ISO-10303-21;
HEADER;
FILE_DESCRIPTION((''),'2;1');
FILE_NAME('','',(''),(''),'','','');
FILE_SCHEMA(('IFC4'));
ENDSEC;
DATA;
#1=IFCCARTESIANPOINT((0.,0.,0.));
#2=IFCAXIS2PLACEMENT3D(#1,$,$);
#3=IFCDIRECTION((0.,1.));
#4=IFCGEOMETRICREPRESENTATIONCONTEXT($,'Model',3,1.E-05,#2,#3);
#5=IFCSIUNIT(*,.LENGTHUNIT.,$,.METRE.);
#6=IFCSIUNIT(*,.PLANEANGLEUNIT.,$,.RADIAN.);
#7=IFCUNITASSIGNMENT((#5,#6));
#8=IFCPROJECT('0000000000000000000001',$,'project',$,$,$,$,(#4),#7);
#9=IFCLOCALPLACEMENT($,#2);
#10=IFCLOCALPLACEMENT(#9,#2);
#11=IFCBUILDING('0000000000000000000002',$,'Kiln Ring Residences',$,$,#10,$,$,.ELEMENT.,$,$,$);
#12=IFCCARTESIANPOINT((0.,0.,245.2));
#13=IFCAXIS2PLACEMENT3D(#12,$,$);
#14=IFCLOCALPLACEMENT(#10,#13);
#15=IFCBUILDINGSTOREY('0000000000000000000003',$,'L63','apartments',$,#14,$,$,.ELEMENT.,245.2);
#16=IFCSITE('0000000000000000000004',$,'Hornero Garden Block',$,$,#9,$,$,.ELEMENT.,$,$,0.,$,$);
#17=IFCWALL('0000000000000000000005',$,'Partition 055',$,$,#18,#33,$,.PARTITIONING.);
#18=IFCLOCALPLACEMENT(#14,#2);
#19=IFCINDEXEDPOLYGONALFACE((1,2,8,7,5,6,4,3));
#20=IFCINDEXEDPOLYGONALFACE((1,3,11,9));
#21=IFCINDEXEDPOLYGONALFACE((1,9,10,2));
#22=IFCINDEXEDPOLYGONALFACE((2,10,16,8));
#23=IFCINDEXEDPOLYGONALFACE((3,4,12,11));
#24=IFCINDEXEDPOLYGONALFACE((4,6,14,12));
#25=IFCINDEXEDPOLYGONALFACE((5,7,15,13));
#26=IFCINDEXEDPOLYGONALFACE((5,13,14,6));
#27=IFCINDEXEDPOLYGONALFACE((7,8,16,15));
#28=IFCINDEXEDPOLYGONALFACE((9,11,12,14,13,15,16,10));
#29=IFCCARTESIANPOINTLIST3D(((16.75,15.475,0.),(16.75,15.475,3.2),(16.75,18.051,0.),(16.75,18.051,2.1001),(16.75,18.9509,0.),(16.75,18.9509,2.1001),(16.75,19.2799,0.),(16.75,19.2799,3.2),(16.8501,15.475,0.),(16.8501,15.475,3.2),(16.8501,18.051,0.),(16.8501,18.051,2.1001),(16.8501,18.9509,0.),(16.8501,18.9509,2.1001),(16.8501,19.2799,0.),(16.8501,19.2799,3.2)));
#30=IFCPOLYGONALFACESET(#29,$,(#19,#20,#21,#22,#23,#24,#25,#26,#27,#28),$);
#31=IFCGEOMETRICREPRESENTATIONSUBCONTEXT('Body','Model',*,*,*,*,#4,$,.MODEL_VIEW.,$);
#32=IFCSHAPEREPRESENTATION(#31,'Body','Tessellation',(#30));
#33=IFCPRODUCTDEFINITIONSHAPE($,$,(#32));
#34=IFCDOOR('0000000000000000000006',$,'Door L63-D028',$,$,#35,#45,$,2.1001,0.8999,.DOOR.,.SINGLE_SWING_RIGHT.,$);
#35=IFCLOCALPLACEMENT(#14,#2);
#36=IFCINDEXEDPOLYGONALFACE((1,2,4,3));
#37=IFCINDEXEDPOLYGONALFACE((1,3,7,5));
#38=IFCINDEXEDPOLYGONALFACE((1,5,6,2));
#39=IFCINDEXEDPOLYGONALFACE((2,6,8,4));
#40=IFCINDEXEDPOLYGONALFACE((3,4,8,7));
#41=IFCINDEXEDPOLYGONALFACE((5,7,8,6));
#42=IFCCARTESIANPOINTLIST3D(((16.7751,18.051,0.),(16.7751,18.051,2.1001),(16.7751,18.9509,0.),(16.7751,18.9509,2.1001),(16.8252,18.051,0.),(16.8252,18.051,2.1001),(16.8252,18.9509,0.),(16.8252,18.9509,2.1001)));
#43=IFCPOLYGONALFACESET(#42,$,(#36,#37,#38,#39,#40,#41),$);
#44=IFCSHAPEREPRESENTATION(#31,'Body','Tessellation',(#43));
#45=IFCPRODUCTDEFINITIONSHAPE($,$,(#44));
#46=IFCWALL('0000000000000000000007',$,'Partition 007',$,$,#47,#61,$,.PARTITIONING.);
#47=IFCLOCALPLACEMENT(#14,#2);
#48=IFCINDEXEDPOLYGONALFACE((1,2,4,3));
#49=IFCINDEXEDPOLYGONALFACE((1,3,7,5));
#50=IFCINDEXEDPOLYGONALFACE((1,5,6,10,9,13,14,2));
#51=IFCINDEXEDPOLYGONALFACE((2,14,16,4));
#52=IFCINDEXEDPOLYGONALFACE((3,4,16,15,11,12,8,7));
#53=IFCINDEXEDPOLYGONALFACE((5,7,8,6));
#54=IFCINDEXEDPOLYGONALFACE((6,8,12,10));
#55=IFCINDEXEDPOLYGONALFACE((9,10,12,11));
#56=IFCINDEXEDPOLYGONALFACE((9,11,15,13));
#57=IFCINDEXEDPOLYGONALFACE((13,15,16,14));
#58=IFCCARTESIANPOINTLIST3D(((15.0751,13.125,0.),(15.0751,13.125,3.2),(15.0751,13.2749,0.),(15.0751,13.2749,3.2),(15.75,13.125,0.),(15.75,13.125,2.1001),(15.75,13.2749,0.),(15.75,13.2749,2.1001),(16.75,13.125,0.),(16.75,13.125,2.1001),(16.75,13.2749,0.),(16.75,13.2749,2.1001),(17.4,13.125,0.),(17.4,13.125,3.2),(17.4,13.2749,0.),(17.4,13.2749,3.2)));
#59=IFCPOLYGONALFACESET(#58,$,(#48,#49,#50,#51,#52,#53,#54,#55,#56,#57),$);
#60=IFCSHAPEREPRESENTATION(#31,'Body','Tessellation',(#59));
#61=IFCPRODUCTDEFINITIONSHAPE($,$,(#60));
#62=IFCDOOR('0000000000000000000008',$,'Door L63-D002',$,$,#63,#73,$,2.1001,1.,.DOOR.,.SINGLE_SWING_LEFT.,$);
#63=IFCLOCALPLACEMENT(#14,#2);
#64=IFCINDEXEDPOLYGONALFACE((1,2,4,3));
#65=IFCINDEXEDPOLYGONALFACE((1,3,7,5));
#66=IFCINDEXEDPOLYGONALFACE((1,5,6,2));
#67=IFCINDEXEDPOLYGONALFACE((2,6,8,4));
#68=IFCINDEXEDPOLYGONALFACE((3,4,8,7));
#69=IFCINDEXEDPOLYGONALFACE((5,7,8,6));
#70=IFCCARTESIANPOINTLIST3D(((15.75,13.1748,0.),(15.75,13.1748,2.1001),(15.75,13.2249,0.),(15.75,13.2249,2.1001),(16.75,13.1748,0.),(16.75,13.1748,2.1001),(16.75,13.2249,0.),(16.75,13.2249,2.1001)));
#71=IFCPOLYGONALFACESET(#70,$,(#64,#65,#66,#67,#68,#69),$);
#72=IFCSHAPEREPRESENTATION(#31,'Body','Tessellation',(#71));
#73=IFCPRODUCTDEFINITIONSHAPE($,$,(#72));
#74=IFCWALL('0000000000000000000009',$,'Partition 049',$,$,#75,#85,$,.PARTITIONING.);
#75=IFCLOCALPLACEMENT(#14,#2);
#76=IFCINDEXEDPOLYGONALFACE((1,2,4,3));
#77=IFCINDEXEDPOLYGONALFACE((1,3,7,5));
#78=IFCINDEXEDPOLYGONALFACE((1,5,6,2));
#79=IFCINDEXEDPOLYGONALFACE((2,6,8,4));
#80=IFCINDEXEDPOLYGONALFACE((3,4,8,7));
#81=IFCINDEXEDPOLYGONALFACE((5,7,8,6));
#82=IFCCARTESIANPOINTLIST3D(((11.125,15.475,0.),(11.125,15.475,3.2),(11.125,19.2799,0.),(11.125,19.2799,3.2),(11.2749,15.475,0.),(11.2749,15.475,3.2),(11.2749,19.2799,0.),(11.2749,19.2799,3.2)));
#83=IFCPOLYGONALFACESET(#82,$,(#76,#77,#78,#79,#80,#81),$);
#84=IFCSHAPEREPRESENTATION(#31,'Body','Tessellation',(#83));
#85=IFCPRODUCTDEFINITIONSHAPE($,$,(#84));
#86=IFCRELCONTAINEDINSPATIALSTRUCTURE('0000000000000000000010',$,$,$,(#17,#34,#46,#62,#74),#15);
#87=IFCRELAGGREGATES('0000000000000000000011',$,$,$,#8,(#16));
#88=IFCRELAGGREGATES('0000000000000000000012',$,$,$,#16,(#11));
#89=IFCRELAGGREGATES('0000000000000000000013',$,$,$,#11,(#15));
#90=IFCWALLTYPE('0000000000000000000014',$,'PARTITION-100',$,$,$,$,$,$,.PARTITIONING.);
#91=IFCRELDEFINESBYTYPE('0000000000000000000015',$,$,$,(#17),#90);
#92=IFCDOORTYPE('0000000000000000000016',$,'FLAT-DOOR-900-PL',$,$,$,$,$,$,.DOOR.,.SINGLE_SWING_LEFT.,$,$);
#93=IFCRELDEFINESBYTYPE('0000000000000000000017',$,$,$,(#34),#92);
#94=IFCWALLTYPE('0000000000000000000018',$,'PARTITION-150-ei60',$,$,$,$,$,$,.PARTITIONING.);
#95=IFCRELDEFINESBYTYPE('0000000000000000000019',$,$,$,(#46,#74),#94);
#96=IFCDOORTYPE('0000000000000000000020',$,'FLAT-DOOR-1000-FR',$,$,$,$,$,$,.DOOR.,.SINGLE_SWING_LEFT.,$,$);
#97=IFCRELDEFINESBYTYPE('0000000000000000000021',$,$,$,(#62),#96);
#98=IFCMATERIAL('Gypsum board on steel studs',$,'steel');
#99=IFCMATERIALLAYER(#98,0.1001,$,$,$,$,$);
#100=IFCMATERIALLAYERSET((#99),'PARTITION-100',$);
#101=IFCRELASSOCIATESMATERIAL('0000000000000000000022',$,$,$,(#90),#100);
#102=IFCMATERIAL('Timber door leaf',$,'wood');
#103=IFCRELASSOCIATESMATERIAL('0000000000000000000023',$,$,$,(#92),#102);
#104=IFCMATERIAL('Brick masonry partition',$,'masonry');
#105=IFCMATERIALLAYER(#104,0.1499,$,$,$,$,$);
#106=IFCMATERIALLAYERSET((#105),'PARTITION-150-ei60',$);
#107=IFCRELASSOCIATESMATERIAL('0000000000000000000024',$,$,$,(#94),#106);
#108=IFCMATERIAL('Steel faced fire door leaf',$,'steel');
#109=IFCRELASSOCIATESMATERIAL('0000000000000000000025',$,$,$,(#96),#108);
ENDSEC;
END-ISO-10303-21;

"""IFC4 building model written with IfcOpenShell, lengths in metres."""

from ifc_helpers import new_model, si_unit, direction, frame, frame_2d, origin, place, context, subcontext, project, spatial, rectangle, extrude, material, layer, layer_set, type_object, element, fill, save


model = new_model("IFC4")

# Units and contexts
model_context = context("Model", 3, precision=1e-05, world=origin(), true_north=direction((0.0, 1.0)))
body_context = subcontext(model_context, "Body", "Model", "MODEL_VIEW")
ifc_project = project(units=[si_unit("LENGTHUNIT", "METRE"), si_unit("PLANEANGLEUNIT", "RADIAN")], contexts=[model_context])

# Site, building, storey
site_placement = place(None, origin())
site = spatial("IfcSite", under=ifc_project, at=site_placement, Name="Hornero Garden Block", CompositionType="ELEMENT", RefElevation=0.0)
building_placement = place(site_placement, origin())
building = spatial("IfcBuilding", under=site, at=building_placement, Name="Kiln Ring Residences", CompositionType="ELEMENT")
storey_placement = place(building_placement, frame((0.0, 0.0, 245.2)))
storey = spatial("IfcBuildingStorey", under=building, at=storey_placement, Name="L63", Description="apartments", CompositionType="ELEMENT", Elevation=245.2)

# Shared definitions
ifc_material_1 = material(Name="Gypsum board on steel studs", Category="steel")
ifc_layer_1 = layer(ifc_material_1, 0.1001)
ifc_layer_set_1 = layer_set([ifc_layer_1], Name="PARTITION-100")
wall_type_1 = type_object("IfcWallType", Name="PARTITION-100", PredefinedType="PARTITIONING", material=ifc_layer_set_1)

# Walls, openings, doors
wall_1_placement = place(storey_placement, frame((16.8, 15.4751, 0.0), z_axis=(0.0, 0.0, 1.0), x_axis=(0.0, 1.0, 0.0)))
wall_1 = element("IfcWall", 1, at=wall_1_placement, inside=storey, type_object=wall_type_1, Name="Partition 055", PredefinedType="PARTITIONING", context=body_context, shape_type="SweptSolid", body=[
    extrude(rectangle(XDim=3.8049, YDim=0.1001, at=frame_2d((1.9023, 0.0))), origin(), (0.0, 0.0, 1.0), 3.2),
])
opening_1_placement = place(wall_1_placement, frame((2.5759, 0.0, 0.0)))
opening_1 = element("IfcOpeningElement", 2, at=opening_1_placement, cuts=wall_1, PredefinedType="OPENING", context=body_context, shape_type="SweptSolid", body=[
    extrude(rectangle(XDim=0.8999, YDim=2.1001, at=frame_2d((0.45, 1.05))), frame((0.0, 0.0601, 0.0), z_axis=(0.0, -1.0, 0.0), x_axis=(1.0, 0.0, 0.0)), (0.0, 0.0, 1.0), 0.1201),
])
ifc_material_2 = material(Name="Timber door leaf", Category="wood")
door_type_1 = type_object("IfcDoorType", Name="FLAT-DOOR-900-PL", OperationType="SINGLE_SWING_LEFT", PredefinedType="DOOR", material=ifc_material_2)
door_1_placement = place(opening_1_placement, origin())
door_1 = element("IfcDoor", 3, at=door_1_placement, inside=storey, type_object=door_type_1, Name="Door L63-D028", OperationType="SINGLE_SWING_RIGHT", OverallHeight=2.1001, OverallWidth=0.8999, PredefinedType="DOOR", context=body_context, shape_type="SweptSolid", body=[
    extrude(rectangle(XDim=0.8999, YDim=2.1001, at=frame_2d((0.45, 1.05))), frame((0.0, 0.0249, 0.0), z_axis=(0.0, -1.0, 0.0), x_axis=(1.0, 0.0, 0.0)), (0.0, 0.0, 1.0), 0.05),
])
fill(opening_1, door_1)
ifc_material_3 = material(Name="Brick masonry partition", Category="masonry")
ifc_layer_2 = layer(ifc_material_3, 0.1499)
ifc_layer_set_2 = layer_set([ifc_layer_2], Name="PARTITION-150-ei60")
wall_type_2 = type_object("IfcWallType", Name="PARTITION-150-ei60", PredefinedType="PARTITIONING", material=ifc_layer_set_2)
wall_2_placement = place(storey_placement, frame((15.075, 13.2, 0.0), z_axis=(0.0, 0.0, 1.0), x_axis=(1.0, 0.0, 0.0)))
wall_2 = element("IfcWall", 4, at=wall_2_placement, inside=storey, type_object=wall_type_2, Name="Partition 007", PredefinedType="PARTITIONING", context=body_context, shape_type="SweptSolid", body=[
    extrude(rectangle(XDim=2.325, YDim=0.1499, at=frame_2d((1.1626, 0.0))), origin(), (0.0, 0.0, 1.0), 3.2),
])
opening_2_placement = place(wall_2_placement, frame((0.675, 0.0, 0.0)))
opening_2 = element("IfcOpeningElement", 5, at=opening_2_placement, cuts=wall_2, PredefinedType="OPENING", context=body_context, shape_type="SweptSolid", body=[
    extrude(rectangle(XDim=1.0, YDim=2.1001, at=frame_2d((0.5, 1.05))), frame((0.0, 0.085, 0.0), z_axis=(0.0, -1.0, 0.0), x_axis=(1.0, 0.0, 0.0)), (0.0, 0.0, 1.0), 0.1699),
])
ifc_material_4 = material(Name="Steel faced fire door leaf", Category="steel")
door_type_2 = type_object("IfcDoorType", Name="FLAT-DOOR-1000-FR", OperationType="SINGLE_SWING_LEFT", PredefinedType="DOOR", material=ifc_material_4)
door_2_placement = place(opening_2_placement, origin())
door_2 = element("IfcDoor", 6, at=door_2_placement, inside=storey, type_object=door_type_2, Name="Door L63-D002", OperationType="SINGLE_SWING_LEFT", OverallHeight=2.1001, OverallWidth=1.0, PredefinedType="DOOR", context=body_context, shape_type="SweptSolid", body=[
    extrude(rectangle(XDim=1.0, YDim=2.1001, at=frame_2d((0.5, 1.05))), frame((0.0, 0.0249, 0.0), z_axis=(0.0, -1.0, 0.0), x_axis=(1.0, 0.0, 0.0)), (0.0, 0.0, 1.0), 0.05),
])
fill(opening_2, door_2)

# Wall
wall_3_placement = place(storey_placement, frame((11.2, 15.4751, 0.0), z_axis=(0.0, 0.0, 1.0), x_axis=(0.0, 1.0, 0.0)))
element("IfcWall", 7, at=wall_3_placement, inside=storey, type_object=wall_type_2, Name="Partition 049", PredefinedType="PARTITIONING", context=body_context, shape_type="SweptSolid", body=[
    extrude(rectangle(XDim=3.8049, YDim=0.1499, at=frame_2d((1.9023, 0.0))), origin(), (0.0, 0.0, 1.0), 3.2),
])

save(model, "model.ifc")
